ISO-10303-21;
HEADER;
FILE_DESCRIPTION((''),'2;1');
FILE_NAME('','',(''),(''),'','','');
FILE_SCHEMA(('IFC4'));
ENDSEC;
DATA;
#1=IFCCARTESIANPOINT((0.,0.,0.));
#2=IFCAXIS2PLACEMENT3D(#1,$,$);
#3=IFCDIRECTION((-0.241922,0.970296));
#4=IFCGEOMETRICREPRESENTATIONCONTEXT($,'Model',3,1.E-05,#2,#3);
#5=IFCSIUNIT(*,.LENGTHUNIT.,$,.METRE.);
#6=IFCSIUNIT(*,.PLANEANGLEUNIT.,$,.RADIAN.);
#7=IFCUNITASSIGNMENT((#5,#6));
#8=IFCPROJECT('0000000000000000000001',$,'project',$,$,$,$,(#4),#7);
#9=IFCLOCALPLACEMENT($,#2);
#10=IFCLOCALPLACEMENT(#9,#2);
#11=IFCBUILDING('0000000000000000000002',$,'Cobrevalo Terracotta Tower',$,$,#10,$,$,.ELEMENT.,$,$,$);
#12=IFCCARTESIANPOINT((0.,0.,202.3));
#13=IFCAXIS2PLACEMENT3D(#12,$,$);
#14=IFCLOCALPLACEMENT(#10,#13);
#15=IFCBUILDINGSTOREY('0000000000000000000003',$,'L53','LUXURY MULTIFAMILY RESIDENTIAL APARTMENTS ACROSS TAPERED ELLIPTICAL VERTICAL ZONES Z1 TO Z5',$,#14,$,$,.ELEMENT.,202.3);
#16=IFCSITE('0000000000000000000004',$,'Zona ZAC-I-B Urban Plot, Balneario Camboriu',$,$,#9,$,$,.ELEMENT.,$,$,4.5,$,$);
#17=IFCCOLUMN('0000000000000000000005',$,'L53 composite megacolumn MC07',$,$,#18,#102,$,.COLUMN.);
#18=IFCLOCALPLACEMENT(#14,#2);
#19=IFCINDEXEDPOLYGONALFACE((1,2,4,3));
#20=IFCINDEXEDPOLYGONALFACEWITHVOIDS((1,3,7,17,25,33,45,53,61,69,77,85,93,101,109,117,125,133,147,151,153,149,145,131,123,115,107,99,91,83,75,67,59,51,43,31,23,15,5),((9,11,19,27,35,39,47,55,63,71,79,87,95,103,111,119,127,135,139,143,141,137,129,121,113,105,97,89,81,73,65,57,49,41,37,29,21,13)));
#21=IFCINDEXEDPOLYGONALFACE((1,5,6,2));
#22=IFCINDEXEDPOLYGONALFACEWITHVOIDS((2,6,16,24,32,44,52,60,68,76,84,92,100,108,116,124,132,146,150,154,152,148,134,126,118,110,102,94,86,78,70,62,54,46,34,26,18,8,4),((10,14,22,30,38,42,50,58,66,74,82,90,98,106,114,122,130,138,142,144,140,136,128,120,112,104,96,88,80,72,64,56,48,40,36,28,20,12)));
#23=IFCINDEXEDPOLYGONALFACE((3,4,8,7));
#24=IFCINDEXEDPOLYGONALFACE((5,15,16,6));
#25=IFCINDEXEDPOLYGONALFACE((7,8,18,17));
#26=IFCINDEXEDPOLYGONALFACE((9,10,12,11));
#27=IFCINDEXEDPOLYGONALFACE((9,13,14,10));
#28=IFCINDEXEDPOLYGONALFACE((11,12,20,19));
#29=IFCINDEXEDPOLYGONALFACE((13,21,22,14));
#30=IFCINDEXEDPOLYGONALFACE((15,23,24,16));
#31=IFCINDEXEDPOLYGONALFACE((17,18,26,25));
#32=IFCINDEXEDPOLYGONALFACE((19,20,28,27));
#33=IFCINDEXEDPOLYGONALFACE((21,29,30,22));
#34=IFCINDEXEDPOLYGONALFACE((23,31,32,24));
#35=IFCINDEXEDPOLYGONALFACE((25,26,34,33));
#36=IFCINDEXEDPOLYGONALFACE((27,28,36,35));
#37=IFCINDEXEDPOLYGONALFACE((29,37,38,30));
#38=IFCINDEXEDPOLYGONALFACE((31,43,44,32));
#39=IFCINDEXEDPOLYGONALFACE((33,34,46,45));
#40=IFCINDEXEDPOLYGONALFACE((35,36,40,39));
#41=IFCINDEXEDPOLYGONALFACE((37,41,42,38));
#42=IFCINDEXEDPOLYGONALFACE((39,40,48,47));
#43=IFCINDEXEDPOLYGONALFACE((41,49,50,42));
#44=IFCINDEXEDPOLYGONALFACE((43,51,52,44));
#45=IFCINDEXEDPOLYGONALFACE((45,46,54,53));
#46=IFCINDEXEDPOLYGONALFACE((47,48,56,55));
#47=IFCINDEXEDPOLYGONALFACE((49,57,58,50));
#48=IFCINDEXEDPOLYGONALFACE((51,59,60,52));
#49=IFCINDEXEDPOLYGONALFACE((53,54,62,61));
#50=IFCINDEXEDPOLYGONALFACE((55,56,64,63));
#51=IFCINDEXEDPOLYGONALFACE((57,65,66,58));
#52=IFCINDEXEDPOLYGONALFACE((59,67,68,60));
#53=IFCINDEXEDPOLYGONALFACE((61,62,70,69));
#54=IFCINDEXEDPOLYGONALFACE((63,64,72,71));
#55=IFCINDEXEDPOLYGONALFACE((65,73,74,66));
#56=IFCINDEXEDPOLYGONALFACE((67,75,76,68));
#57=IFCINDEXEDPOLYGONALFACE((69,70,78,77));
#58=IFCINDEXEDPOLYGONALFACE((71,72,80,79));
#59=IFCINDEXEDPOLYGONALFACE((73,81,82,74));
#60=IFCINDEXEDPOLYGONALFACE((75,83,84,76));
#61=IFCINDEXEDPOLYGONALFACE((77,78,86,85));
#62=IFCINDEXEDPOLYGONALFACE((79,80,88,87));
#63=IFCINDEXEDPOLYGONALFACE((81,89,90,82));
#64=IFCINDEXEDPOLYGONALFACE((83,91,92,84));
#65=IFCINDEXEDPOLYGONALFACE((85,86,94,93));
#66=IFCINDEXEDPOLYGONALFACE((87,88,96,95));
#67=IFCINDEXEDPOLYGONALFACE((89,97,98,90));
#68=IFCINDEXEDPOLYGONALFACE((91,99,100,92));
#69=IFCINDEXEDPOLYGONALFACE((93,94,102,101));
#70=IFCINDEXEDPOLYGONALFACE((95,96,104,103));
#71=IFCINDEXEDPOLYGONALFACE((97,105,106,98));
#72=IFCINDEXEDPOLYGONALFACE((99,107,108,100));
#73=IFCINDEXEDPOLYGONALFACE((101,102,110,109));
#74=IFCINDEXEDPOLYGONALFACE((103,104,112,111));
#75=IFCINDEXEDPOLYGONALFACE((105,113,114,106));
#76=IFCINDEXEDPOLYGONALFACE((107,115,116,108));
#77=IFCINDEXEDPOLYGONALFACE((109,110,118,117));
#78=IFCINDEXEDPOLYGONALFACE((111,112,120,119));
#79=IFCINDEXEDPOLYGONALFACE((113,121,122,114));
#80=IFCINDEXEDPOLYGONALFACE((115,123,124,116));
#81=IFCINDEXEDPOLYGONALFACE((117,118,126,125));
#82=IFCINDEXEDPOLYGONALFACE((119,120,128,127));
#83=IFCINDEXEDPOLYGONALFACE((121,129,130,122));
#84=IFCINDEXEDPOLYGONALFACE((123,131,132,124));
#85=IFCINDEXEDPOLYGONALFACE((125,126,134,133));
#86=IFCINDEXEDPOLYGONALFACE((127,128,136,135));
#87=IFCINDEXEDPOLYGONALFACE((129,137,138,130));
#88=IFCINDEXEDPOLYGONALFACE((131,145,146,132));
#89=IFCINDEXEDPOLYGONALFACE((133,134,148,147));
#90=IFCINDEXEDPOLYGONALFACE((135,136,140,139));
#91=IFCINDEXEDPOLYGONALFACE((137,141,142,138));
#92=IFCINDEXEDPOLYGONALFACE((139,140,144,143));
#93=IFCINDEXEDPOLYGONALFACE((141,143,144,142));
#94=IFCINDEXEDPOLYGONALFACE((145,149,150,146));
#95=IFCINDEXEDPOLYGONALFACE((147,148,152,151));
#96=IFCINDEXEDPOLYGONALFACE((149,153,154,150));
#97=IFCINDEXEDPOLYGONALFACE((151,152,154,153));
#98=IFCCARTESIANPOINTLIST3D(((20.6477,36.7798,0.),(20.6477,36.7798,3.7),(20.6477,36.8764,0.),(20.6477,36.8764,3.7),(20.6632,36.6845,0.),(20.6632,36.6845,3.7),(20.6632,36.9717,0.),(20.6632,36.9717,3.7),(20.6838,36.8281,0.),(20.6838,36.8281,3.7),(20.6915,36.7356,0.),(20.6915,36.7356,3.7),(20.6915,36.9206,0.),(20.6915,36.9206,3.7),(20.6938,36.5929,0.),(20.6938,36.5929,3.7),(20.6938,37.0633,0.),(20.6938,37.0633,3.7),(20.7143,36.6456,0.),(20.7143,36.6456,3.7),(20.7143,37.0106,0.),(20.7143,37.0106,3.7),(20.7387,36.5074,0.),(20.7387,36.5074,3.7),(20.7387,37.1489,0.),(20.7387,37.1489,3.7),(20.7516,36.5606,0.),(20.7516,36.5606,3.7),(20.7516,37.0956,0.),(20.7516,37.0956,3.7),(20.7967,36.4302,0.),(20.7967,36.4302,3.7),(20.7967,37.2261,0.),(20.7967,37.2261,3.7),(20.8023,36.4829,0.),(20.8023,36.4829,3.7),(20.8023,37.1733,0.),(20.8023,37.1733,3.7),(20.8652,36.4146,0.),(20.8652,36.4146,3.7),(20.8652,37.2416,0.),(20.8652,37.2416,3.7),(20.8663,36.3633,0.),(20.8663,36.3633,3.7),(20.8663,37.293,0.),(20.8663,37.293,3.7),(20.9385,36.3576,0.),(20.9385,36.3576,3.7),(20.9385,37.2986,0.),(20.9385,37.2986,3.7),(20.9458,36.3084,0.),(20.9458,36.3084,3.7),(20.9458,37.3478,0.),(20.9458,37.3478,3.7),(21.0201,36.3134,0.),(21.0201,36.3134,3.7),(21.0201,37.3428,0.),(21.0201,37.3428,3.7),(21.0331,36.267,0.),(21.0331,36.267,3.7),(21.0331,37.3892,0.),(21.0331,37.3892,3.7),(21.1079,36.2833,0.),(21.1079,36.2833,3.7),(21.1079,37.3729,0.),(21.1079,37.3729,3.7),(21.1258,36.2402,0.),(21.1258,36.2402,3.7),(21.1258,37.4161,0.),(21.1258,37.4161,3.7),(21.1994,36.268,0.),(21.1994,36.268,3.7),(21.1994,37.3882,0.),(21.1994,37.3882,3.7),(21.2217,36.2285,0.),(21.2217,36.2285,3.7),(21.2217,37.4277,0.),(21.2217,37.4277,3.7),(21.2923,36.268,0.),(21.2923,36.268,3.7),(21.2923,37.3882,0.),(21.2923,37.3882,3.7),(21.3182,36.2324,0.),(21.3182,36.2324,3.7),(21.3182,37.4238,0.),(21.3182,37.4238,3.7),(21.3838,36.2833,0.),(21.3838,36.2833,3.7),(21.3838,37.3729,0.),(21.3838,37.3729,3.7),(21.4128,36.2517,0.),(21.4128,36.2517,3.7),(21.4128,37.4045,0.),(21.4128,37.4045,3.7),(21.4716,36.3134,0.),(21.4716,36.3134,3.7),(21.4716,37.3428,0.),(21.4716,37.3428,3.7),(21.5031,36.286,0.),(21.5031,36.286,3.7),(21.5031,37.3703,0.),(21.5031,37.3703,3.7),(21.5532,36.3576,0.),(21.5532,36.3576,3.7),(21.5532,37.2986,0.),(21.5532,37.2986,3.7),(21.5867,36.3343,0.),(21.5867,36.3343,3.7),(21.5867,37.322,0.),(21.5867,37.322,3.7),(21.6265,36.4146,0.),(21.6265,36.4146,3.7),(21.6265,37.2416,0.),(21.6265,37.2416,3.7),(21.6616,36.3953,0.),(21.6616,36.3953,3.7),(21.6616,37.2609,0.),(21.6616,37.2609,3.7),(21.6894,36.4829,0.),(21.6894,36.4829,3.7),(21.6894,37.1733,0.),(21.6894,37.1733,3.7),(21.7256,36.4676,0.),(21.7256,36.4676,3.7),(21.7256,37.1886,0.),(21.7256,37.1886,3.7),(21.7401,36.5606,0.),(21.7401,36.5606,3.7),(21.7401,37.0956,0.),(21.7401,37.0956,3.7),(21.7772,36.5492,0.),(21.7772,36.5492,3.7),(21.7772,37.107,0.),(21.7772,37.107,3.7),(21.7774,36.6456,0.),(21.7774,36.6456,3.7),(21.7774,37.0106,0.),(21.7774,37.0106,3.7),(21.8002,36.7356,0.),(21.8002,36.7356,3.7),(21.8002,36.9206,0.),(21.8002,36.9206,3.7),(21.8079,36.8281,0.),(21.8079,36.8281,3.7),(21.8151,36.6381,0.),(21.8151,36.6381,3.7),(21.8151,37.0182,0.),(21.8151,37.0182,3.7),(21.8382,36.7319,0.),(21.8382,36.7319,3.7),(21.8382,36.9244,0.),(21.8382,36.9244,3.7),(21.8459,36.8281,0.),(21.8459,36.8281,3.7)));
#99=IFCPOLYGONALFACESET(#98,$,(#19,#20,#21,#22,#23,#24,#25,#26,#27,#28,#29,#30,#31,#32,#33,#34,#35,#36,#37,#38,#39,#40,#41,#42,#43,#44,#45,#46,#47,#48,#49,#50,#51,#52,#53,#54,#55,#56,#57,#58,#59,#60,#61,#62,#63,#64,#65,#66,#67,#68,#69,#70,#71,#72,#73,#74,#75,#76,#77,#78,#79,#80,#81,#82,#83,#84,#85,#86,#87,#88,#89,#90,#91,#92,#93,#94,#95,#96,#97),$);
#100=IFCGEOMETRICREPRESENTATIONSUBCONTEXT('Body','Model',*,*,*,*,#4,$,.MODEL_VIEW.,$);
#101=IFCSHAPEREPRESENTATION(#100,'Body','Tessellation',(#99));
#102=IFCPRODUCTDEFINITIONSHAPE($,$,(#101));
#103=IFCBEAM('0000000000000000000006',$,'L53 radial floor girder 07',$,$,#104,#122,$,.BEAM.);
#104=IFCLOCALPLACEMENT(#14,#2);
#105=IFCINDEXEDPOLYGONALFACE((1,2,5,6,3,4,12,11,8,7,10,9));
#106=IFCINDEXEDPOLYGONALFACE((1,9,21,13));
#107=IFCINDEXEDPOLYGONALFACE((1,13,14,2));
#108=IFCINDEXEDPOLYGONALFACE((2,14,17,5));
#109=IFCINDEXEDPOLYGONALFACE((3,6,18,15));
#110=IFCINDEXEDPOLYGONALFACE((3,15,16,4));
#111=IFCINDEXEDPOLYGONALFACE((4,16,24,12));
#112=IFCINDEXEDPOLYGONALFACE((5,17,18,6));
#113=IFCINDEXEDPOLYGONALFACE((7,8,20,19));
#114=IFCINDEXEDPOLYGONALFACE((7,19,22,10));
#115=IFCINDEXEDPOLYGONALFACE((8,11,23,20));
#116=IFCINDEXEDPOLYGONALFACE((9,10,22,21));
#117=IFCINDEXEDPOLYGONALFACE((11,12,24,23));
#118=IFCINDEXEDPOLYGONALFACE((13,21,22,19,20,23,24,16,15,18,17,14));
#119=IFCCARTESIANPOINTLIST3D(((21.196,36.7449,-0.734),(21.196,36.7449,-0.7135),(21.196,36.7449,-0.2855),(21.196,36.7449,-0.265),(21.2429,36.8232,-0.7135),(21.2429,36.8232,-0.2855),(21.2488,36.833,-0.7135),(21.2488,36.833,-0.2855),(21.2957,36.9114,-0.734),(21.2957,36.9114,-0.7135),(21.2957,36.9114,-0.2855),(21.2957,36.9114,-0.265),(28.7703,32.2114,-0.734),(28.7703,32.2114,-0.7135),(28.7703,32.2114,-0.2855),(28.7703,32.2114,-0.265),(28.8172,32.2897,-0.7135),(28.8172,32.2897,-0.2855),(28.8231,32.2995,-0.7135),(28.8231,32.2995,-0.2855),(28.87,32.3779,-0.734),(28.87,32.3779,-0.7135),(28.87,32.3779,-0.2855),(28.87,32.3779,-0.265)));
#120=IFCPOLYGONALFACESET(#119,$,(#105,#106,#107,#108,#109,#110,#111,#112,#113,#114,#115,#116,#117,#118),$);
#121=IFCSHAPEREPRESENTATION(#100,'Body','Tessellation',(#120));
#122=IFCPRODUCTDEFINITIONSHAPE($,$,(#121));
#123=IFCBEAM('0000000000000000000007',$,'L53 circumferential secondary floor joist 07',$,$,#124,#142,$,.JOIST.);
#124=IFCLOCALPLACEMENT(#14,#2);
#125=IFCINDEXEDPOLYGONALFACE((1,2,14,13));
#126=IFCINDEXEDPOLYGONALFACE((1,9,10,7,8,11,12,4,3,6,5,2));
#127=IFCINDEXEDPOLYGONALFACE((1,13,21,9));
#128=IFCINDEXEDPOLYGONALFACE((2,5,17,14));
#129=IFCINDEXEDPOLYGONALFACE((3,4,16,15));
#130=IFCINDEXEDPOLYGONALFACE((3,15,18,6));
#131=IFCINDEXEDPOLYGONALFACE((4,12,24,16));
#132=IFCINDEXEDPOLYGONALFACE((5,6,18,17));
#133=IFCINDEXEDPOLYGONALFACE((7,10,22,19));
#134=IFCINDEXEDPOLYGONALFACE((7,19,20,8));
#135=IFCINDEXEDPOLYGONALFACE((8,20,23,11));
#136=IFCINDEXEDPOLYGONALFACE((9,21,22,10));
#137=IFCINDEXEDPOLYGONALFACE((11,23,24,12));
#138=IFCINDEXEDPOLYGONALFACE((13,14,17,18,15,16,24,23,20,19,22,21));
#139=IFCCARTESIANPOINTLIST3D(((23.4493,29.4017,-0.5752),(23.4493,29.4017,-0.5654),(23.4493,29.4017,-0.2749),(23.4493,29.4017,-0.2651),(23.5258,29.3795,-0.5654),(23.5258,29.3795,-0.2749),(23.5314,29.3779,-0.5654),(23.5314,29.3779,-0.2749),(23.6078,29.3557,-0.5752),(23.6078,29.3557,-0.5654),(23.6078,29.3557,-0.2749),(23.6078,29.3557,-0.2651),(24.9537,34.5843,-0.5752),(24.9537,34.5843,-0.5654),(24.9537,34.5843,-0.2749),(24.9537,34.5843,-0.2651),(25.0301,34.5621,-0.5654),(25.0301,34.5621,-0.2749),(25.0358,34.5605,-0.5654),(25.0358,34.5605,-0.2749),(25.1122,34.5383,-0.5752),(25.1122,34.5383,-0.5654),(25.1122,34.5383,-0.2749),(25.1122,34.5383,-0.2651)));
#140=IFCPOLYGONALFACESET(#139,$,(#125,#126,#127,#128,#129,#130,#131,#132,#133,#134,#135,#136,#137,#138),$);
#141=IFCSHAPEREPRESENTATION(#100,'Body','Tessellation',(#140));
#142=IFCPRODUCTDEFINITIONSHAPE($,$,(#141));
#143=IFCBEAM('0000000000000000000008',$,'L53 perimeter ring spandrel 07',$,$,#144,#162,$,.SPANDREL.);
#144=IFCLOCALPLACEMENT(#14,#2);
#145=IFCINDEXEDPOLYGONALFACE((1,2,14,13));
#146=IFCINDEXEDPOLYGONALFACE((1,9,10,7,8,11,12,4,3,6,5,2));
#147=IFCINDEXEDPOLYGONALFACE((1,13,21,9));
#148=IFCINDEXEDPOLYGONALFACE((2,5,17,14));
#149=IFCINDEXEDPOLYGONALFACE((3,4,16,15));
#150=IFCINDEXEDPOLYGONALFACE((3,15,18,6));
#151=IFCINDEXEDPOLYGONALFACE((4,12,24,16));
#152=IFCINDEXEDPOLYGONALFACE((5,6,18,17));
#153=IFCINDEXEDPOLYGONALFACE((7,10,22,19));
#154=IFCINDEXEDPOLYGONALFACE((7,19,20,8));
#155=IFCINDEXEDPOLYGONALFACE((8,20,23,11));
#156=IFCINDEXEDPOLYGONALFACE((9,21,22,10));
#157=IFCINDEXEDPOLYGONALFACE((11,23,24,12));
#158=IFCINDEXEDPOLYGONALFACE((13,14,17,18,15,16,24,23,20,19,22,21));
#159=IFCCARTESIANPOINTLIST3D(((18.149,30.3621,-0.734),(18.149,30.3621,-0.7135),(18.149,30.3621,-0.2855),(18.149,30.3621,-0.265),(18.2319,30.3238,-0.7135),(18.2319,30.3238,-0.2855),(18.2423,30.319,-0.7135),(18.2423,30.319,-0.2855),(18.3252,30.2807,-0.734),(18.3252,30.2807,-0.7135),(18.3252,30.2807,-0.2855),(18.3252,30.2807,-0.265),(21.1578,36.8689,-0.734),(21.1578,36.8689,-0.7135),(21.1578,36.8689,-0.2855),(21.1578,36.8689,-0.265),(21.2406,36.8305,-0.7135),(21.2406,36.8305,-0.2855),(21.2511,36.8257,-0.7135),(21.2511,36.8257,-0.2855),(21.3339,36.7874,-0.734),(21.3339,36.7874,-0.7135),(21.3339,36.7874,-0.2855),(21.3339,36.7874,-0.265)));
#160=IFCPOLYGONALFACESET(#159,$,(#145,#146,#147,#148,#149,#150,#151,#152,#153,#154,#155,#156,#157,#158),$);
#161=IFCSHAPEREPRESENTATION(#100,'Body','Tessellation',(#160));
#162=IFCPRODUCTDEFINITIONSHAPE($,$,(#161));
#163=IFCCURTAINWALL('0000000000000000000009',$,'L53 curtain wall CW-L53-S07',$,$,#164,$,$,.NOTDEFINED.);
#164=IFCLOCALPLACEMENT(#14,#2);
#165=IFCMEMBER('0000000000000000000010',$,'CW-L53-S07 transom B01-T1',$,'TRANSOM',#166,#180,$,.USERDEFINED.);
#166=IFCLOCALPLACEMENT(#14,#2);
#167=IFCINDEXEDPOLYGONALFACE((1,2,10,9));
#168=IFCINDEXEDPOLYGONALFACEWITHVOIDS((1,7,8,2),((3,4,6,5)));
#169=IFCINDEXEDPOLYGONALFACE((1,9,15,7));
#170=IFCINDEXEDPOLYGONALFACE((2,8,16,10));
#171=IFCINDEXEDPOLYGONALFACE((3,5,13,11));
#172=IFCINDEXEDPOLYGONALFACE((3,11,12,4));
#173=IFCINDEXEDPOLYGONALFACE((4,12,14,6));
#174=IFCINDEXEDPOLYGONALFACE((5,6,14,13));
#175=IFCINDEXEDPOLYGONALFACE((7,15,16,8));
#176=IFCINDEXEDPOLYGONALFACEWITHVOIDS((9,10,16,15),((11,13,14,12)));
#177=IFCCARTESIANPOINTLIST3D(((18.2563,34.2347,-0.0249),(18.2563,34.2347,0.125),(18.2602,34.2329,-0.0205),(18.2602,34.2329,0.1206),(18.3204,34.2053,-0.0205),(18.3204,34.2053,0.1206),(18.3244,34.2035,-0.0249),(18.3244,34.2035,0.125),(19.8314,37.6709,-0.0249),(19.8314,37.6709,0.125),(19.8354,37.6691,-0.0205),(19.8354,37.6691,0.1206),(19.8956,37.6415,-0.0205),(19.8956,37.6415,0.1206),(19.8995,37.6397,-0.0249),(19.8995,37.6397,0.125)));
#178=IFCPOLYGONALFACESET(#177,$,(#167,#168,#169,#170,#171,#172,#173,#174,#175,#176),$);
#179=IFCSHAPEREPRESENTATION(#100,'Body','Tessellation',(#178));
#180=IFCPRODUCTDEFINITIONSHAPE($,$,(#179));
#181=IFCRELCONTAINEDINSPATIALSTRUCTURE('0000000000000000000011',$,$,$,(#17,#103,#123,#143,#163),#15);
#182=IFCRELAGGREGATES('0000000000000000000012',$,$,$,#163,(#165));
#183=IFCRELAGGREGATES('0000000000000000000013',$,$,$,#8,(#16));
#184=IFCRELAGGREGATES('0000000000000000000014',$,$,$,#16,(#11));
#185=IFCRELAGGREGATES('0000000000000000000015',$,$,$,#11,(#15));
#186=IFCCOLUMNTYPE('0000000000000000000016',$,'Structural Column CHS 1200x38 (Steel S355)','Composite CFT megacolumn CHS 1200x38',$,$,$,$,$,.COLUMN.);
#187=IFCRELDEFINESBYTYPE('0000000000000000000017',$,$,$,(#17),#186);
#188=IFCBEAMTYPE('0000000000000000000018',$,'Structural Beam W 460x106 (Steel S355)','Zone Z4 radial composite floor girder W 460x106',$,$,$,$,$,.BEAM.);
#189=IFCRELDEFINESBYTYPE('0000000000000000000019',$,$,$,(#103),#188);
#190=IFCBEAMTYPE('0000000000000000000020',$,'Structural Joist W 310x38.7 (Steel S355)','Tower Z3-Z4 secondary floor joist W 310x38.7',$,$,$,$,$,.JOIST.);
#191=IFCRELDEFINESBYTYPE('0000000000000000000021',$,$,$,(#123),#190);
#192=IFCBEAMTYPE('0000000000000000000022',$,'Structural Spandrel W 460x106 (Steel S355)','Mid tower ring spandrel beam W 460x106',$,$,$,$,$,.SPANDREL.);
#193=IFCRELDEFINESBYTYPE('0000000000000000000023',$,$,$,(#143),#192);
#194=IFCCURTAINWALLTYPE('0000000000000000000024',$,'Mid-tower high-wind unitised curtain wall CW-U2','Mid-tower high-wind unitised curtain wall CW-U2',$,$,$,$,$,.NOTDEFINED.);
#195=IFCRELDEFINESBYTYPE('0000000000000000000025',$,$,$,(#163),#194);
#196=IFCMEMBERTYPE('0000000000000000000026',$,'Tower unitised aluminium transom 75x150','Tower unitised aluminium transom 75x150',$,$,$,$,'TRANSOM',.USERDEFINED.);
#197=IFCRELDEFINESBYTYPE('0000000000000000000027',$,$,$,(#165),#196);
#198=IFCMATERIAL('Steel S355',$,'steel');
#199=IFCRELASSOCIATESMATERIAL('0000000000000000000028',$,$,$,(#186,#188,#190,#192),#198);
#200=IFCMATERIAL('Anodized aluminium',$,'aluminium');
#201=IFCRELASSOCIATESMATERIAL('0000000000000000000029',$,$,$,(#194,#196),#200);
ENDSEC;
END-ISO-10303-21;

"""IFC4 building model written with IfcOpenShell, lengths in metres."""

from ifc_helpers import new_model, si_unit, direction, frame, origin, origin_2d, place, context, subcontext, project, spatial, hollow_rectangle, hollow_circle, i_section, extrude, source, transform, mapped, material, material_profile, profile_set, type_object, element, aggregate, save


model = new_model("IFC4")

# Units and contexts
model_context = context("Model", 3, precision=1e-05, world=origin(), true_north=direction((-0.241922, 0.970296)))
body_context = subcontext(model_context, "Body", "Model", "MODEL_VIEW")
ifc_project = project(units=[si_unit("LENGTHUNIT", "METRE"), si_unit("PLANEANGLEUNIT", "RADIAN")], contexts=[model_context])

# Site, building, storey
site_placement = place(None, origin())
site = spatial("IfcSite", under=ifc_project, at=site_placement, Name="Zona ZAC-I-B Urban Plot, Balneario Camboriu", CompositionType="ELEMENT", RefElevation=4.5)
building_placement = place(site_placement, origin())
building = spatial("IfcBuilding", under=site, at=building_placement, Name="Cobrevalo Terracotta Tower", CompositionType="ELEMENT")
storey_placement = place(building_placement, frame((0.0, 0.0, 202.3)))
storey = spatial("IfcBuildingStorey", under=building, at=storey_placement, Name="L53", Description="LUXURY MULTIFAMILY RESIDENTIAL APARTMENTS ACROSS TAPERED ELLIPTICAL VERTICAL ZONES Z1 TO Z5", CompositionType="ELEMENT", Elevation=202.3)

# Column
ifc_material_1 = material(Name="Steel S355", Category="steel")
ifc_material_profile_1 = material_profile(ifc_material_1, hollow_circle(Radius=0.6001, WallThickness=0.0381, at=origin_2d()), Name="CHS 1200x38")
ifc_profile_set_1 = profile_set([ifc_material_profile_1], Name="Steel S355")
column_type = type_object("IfcColumnType", Name="Structural Column CHS 1200x38 (Steel S355)", Description="Composite CFT megacolumn CHS 1200x38", PredefinedType="COLUMN", material=ifc_profile_set_1)
column_placement = place(storey_placement, frame((21.2458, 36.8281, 0.0), z_axis=(0.0, 0.0, 1.0), x_axis=(1.0, 0.0, 0.0)))
element("IfcColumn", 1, at=column_placement, inside=storey, type_object=column_type, Name="L53 composite megacolumn MC07", PredefinedType="COLUMN", context=body_context, shape_type="SweptSolid", body=[
    extrude(hollow_circle(Radius=0.6001, WallThickness=0.0381, at=origin_2d()), origin(), (0.0, 0.0, 1.0), 3.7),
])

# Beams
ifc_material_profile_2 = material_profile(ifc_material_1, i_section(OverallWidth=0.1941, OverallDepth=0.469, WebThickness=0.0115, FlangeThickness=0.0205, at=origin_2d()), Name="W 460x106")
ifc_profile_set_2 = profile_set([ifc_material_profile_2], Name="Steel S355")
beam_type_1 = type_object("IfcBeamType", Name="Structural Beam W 460x106 (Steel S355)", Description="Zone Z4 radial composite floor girder W 460x106", PredefinedType="BEAM", material=ifc_profile_set_2)
beam_1_placement = place(storey_placement, frame((21.2458, 36.8281, -0.4995), z_axis=(0.858046, -0.513572, 0.0), x_axis=(0.513572, 0.858046, 0.0)))
element("IfcBeam", 2, at=beam_1_placement, inside=storey, type_object=beam_type_1, Name="L53 radial floor girder 07", PredefinedType="BEAM", context=body_context, shape_type="SweptSolid", body=[
    extrude(i_section(OverallWidth=0.1941, OverallDepth=0.469, WebThickness=0.0115, FlangeThickness=0.0205, at=origin_2d()), origin(), (0.0, 0.0, 1.0), 8.8274),
])
ifc_material_profile_3 = material_profile(ifc_material_1, i_section(OverallWidth=0.165, OverallDepth=0.3101, WebThickness=0.0059, FlangeThickness=0.0098, at=origin_2d()), Name="W 310x38.7")
ifc_profile_set_3 = profile_set([ifc_material_profile_3], Name="Steel S355")
beam_type_2 = type_object("IfcBeamType", Name="Structural Joist W 310x38.7 (Steel S355)", Description="Tower Z3-Z4 secondary floor joist W 310x38.7", PredefinedType="JOIST", material=ifc_profile_set_3)
beam_2_placement = place(storey_placement, frame((25.033, 34.5613, -0.4202), z_axis=(-0.27877, -0.960358, 0.0), x_axis=(0.960358, -0.27877, 0.0)))
element("IfcBeam", 3, at=beam_2_placement, inside=storey, type_object=beam_type_2, Name="L53 circumferential secondary floor joist 07", PredefinedType="JOIST", context=body_context, shape_type="SweptSolid", body=[
    extrude(i_section(OverallWidth=0.165, OverallDepth=0.3101, WebThickness=0.0059, FlangeThickness=0.0098, at=origin_2d()), origin(), (0.0, 0.0, 1.0), 5.3965),
])
ifc_material_profile_4 = material_profile(ifc_material_1, i_section(OverallWidth=0.1941, OverallDepth=0.469, WebThickness=0.0115, FlangeThickness=0.0205, at=origin_2d()), Name="W 460x106")
ifc_profile_set_4 = profile_set([ifc_material_profile_4], Name="Steel S355")
beam_type_3 = type_object("IfcBeamType", Name="Structural Spandrel W 460x106 (Steel S355)", Description="Mid tower ring spandrel beam W 460x106", PredefinedType="SPANDREL", material=ifc_profile_set_4)
beam_3_placement = place(storey_placement, frame((21.2458, 36.8281, -0.4995), z_axis=(-0.419706, -0.90766, 0.0), x_axis=(0.90766, -0.419706, 0.0)))
element("IfcBeam", 4, at=beam_3_placement, inside=storey, type_object=beam_type_3, Name="L53 perimeter ring spandrel 07", PredefinedType="SPANDREL", context=body_context, shape_type="SweptSolid", body=[
    extrude(i_section(OverallWidth=0.1941, OverallDepth=0.469, WebThickness=0.0115, FlangeThickness=0.0205, at=origin_2d()), origin(), (0.0, 0.0, 1.0), 7.1687),
])

# Curtain wall, member
ifc_material_2 = material(Name="Anodized aluminium", Category="aluminium")
curtain_wall_type = type_object("IfcCurtainWallType", Name="Mid-tower high-wind unitised curtain wall CW-U2", Description="Mid-tower high-wind unitised curtain wall CW-U2", PredefinedType="NOTDEFINED", material=ifc_material_2)
curtain_wall_1_placement = place(storey_placement, origin())
curtain_wall_1 = element("IfcCurtainWall", 5, at=curtain_wall_1_placement, inside=storey, type_object=curtain_wall_type, Name="L53 curtain wall CW-L53-S07", PredefinedType="NOTDEFINED")
ifc_material_profile_5 = material_profile(ifc_material_2, hollow_rectangle(XDim=0.075, YDim=0.1499, WallThickness=0.0044, at=origin_2d()), Name="CWT 75x150")
ifc_profile_set_5 = profile_set([ifc_material_profile_5], Name="Anodized aluminium")
member_type_1 = type_object("IfcMemberType", Name="Tower unitised aluminium transom 75x150", Description="Tower unitised aluminium transom 75x150", ElementType="TRANSOM", PredefinedType="USERDEFINED", material=ifc_profile_set_5)
shared_shape_1 = source(origin(), body_context, "Body", "SweptSolid", [
    extrude(hollow_rectangle(XDim=0.075, YDim=0.1499, WallThickness=0.0044, at=origin_2d()), origin(), (0.0, 0.0, 1.0), 3.78),
])
member_1_placement = place(storey_placement, frame((19.8655, 37.6553, 0.05), z_axis=(-0.416706, -0.909041, 0.0), x_axis=(0.909041, -0.416706, 0.0)))
member_1 = element("IfcMember", 6, at=member_1_placement, type_object=member_type_1, Name="CW-L53-S07 transom B01-T1", ObjectType="TRANSOM", PredefinedType="USERDEFINED", context=body_context, shape_type="MappedRepresentation", body=[
    mapped(shared_shape_1, transform((0.0, 0.0, 0.0), scale=1.0)),
])

aggregate(curtain_wall_1, [member_1])

save(model, "model.ifc")
